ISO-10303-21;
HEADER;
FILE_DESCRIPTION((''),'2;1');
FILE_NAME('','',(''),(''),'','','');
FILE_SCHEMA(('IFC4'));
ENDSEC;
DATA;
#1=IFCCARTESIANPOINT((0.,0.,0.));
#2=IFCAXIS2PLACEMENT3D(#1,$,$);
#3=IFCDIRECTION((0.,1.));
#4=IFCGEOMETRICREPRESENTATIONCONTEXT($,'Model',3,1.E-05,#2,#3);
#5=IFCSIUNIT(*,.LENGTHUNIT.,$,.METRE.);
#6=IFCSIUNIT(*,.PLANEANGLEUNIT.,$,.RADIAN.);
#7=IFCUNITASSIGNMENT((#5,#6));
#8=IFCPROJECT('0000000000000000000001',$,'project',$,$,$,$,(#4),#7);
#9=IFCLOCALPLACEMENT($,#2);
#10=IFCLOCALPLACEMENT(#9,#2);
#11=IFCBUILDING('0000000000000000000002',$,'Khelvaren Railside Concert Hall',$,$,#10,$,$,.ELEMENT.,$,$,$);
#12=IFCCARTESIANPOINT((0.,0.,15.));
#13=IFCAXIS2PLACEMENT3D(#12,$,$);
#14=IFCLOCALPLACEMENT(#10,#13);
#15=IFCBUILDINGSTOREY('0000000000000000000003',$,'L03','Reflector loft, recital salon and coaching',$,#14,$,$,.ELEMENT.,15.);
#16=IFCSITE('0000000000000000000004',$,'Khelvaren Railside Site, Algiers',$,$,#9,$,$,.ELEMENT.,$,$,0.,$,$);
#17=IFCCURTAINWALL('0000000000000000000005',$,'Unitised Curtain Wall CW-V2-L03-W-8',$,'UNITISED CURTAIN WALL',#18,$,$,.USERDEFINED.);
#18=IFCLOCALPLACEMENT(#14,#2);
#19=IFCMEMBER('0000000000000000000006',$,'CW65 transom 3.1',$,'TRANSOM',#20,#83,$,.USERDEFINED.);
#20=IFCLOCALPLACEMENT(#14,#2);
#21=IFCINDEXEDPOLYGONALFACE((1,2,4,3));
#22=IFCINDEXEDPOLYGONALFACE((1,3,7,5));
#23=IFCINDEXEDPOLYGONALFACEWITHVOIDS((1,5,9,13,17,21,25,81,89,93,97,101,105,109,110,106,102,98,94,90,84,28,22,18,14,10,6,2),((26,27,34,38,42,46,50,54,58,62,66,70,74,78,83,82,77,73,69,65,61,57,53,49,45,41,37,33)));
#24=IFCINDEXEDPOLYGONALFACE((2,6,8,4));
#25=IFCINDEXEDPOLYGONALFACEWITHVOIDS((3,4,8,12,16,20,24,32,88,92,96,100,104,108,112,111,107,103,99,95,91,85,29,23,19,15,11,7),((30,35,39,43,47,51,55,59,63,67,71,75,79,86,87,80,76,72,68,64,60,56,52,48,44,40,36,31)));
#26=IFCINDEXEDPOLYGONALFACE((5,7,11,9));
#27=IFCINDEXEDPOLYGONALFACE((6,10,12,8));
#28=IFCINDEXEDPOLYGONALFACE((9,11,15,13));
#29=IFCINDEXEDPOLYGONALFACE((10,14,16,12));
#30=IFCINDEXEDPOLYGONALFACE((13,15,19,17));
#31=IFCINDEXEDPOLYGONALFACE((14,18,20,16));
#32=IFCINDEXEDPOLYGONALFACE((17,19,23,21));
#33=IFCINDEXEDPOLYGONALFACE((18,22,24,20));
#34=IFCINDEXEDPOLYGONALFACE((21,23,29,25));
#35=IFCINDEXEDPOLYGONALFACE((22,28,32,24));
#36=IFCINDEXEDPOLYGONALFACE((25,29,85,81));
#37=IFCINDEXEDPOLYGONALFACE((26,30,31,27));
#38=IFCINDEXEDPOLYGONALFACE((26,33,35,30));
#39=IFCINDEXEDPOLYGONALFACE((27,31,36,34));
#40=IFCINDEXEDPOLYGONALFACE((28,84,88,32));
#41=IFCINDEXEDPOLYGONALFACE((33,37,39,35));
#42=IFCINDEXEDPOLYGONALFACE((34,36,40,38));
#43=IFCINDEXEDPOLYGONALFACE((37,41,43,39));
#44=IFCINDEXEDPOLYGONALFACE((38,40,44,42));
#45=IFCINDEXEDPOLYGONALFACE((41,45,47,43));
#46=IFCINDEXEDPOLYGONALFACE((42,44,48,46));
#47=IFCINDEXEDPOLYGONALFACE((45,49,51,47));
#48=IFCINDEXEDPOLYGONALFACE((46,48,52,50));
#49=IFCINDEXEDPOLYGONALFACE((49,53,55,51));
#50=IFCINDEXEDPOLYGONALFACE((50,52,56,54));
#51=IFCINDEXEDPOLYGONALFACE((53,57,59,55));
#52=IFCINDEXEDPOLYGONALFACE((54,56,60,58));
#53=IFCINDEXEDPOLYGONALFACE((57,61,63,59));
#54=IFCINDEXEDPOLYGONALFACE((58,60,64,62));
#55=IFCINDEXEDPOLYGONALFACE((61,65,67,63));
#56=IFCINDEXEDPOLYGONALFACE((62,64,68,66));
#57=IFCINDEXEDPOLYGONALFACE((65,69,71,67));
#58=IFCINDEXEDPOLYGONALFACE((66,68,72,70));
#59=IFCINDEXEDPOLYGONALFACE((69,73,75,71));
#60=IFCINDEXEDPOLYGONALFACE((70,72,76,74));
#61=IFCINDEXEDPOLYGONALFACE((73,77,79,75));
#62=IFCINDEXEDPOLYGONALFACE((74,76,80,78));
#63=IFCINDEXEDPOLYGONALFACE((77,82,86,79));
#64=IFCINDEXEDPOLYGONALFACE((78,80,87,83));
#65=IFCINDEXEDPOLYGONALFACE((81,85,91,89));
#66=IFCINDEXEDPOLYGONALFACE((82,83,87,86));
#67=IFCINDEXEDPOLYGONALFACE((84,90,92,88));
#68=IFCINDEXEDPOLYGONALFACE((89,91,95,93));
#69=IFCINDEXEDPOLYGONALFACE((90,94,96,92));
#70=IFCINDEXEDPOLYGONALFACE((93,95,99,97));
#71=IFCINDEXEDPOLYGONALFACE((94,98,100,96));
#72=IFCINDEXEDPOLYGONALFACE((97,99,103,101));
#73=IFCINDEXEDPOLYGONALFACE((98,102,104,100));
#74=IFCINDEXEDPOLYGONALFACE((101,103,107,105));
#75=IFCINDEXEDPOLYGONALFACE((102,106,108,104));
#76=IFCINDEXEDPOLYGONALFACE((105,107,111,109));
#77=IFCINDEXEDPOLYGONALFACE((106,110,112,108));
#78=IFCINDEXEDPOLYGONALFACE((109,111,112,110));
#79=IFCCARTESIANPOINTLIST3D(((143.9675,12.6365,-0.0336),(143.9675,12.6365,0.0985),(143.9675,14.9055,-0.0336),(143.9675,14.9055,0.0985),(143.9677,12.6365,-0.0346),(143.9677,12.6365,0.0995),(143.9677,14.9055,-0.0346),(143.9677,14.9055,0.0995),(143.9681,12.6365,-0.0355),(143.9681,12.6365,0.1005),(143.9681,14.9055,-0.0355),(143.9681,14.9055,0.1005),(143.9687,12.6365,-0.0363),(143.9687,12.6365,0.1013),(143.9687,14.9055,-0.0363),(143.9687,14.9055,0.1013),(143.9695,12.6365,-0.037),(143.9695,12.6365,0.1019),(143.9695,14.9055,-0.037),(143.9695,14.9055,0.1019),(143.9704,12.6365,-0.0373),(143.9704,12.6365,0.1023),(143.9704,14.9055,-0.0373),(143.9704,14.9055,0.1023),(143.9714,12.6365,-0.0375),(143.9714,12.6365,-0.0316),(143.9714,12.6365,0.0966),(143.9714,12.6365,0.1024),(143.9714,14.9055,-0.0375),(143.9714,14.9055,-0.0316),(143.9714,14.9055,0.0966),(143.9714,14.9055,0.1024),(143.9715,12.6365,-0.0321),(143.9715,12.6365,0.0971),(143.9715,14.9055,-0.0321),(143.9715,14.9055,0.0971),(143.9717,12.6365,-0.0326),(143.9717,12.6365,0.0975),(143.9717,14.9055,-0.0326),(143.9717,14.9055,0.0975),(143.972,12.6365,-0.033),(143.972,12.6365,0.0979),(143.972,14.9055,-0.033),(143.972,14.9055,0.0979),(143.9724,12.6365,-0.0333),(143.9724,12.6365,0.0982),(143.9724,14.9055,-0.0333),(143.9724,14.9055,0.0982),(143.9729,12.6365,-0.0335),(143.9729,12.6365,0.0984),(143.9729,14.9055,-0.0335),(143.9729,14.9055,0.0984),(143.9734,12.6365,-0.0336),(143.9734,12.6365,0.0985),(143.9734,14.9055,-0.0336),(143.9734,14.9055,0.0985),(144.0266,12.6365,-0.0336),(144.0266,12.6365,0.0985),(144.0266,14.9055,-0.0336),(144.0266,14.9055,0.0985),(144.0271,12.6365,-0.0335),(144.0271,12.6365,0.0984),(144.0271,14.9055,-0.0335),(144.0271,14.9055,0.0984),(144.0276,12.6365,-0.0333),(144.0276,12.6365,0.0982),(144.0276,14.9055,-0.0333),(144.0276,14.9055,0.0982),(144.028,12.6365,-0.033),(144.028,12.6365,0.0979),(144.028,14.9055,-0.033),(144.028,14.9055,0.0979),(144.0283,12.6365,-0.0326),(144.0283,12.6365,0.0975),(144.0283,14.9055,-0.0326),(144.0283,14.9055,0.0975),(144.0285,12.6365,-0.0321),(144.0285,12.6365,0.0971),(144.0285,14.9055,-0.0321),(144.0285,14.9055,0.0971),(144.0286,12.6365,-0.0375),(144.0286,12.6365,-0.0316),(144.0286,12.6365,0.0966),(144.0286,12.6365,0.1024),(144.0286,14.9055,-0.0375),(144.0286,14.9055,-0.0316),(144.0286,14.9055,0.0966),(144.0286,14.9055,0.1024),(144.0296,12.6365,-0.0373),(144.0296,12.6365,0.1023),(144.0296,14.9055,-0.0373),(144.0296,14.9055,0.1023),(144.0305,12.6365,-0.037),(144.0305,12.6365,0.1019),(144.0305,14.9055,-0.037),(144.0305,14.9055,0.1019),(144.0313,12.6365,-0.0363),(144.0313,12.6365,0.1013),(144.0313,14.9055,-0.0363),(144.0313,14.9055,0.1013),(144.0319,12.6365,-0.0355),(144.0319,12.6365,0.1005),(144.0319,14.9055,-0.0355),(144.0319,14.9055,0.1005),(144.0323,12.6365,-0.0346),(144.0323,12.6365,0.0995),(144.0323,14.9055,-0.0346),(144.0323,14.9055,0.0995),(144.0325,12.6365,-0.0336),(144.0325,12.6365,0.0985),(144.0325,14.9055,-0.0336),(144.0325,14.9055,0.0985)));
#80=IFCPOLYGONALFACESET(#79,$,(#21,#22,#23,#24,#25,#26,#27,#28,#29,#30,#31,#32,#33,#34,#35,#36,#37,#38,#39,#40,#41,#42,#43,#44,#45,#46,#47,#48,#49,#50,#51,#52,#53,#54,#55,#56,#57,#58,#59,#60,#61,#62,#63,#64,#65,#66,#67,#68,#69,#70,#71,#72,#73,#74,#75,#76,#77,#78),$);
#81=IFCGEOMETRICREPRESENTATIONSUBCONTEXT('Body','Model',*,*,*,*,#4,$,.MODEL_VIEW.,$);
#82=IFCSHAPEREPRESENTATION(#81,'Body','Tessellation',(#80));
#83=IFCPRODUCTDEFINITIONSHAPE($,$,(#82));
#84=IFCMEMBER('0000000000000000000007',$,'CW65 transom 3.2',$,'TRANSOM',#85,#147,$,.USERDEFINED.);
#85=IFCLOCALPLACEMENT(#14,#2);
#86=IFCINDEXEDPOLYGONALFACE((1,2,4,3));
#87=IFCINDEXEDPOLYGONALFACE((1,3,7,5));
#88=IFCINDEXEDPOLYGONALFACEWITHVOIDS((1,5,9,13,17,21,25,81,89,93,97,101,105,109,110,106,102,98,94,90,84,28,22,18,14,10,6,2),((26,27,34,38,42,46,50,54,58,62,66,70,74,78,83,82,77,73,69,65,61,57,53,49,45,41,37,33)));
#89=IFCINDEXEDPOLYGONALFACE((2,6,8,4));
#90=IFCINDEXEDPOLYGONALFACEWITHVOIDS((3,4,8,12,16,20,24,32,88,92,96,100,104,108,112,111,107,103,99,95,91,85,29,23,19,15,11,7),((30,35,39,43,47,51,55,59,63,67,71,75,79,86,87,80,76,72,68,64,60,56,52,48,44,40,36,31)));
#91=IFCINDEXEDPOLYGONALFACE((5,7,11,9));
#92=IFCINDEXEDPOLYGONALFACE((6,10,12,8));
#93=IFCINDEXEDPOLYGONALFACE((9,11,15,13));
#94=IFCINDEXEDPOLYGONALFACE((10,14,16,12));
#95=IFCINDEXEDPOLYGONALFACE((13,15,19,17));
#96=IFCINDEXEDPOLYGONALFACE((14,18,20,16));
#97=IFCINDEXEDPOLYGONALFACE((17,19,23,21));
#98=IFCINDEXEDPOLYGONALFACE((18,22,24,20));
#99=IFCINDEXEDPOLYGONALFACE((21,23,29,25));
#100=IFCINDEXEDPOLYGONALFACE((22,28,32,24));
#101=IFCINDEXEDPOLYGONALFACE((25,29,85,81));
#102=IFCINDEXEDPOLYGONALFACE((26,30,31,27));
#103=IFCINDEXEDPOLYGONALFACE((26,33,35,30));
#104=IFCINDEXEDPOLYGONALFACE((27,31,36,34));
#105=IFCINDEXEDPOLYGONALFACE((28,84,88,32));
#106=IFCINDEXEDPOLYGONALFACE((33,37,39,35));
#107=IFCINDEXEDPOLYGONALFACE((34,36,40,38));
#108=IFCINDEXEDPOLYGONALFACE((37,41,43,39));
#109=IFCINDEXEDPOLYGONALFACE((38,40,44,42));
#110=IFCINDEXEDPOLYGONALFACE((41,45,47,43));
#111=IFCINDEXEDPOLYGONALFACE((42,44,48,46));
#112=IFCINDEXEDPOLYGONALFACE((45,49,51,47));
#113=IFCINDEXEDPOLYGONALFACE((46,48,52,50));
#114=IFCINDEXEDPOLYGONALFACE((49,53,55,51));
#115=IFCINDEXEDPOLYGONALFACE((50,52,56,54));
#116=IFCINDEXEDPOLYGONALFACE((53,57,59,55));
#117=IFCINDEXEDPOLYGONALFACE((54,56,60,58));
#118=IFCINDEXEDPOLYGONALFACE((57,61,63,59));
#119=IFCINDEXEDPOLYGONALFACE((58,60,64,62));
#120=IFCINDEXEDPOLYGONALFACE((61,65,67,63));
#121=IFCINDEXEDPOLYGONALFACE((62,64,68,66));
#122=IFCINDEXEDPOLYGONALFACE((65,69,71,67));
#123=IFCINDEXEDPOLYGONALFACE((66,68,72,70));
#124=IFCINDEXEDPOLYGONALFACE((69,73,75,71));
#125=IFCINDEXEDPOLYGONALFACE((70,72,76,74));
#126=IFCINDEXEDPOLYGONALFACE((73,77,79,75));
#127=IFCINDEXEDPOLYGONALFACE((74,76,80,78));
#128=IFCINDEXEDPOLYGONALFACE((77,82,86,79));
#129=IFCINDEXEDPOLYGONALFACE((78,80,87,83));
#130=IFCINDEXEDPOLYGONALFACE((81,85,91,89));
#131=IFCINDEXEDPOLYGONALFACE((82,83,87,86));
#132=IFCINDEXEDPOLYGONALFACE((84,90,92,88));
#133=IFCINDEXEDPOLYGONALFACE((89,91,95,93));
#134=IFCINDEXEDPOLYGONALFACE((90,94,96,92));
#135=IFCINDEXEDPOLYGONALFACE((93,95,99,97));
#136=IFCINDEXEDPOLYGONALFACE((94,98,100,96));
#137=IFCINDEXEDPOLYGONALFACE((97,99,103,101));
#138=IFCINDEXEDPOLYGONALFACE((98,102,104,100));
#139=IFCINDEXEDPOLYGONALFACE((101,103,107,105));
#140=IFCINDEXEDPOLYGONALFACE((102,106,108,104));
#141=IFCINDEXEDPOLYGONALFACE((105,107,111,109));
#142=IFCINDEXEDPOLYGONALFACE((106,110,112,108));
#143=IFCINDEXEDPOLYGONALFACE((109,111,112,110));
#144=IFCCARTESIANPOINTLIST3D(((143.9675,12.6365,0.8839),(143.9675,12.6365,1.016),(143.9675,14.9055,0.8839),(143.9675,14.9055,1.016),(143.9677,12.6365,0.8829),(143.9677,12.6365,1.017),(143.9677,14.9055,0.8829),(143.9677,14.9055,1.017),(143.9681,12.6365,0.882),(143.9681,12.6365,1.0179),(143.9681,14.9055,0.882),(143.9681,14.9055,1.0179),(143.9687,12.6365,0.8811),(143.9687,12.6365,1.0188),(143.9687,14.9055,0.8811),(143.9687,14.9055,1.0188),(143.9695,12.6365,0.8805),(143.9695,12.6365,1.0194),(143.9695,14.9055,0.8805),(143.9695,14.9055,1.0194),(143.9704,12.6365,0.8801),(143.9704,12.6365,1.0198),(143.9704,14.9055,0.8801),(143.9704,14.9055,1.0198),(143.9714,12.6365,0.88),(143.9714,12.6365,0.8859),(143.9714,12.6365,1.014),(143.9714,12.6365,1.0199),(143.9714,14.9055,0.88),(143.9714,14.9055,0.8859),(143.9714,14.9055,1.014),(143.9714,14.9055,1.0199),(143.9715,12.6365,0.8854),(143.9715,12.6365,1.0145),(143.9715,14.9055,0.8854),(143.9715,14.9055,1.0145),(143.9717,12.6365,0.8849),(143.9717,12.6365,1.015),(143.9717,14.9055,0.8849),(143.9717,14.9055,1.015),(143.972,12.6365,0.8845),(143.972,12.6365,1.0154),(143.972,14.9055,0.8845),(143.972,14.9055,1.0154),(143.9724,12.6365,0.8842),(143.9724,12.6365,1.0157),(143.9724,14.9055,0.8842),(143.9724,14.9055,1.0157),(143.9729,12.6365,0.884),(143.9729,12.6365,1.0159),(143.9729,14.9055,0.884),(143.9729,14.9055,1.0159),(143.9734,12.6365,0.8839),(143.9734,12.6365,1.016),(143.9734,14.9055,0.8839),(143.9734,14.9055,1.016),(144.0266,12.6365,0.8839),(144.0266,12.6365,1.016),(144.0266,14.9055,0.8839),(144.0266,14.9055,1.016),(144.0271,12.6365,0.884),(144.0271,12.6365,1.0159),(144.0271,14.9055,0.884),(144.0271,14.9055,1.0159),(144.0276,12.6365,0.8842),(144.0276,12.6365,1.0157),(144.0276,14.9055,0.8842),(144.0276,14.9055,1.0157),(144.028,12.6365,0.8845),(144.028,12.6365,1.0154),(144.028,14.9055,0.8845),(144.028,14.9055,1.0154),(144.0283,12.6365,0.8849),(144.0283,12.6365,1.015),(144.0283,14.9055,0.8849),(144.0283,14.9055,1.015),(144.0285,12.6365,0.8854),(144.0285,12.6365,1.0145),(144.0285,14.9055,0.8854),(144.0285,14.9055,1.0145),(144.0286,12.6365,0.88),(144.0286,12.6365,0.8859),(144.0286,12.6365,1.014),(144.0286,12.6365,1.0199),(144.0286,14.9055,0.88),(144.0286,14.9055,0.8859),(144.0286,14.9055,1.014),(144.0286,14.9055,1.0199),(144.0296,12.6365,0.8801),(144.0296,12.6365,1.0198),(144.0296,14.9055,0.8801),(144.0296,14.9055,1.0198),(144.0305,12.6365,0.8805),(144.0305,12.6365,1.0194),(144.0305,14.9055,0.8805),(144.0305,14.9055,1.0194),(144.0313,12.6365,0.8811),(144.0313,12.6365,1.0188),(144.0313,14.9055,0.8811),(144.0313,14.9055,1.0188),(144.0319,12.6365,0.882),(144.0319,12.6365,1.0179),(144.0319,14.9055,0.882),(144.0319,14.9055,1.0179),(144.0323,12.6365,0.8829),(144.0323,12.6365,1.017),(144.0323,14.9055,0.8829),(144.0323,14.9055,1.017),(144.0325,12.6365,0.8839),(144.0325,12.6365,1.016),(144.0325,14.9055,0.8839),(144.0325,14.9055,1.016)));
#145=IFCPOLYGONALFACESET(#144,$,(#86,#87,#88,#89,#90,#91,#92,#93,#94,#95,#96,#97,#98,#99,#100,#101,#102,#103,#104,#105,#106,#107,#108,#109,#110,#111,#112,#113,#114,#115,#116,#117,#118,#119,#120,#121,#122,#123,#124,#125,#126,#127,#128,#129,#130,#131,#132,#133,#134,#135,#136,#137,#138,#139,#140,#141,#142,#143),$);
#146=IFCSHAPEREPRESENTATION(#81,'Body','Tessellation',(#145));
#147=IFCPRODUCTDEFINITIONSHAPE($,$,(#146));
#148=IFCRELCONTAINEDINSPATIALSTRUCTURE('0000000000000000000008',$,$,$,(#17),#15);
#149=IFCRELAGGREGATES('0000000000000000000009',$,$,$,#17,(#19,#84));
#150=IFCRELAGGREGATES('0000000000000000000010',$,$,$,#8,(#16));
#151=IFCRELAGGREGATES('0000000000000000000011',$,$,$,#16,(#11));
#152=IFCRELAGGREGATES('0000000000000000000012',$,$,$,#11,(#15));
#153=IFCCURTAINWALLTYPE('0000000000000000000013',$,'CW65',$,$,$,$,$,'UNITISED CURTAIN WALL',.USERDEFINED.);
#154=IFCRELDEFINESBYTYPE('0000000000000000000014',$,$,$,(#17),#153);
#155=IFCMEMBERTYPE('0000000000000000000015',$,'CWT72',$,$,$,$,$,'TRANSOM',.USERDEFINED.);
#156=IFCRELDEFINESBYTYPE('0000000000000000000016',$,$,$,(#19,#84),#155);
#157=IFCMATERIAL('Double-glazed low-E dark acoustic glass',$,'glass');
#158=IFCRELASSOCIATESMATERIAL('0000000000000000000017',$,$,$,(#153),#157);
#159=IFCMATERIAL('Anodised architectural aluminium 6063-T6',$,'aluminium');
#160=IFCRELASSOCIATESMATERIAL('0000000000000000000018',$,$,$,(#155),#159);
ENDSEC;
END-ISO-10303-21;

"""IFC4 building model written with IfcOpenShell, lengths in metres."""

from ifc_helpers import new_model, si_unit, direction, frame, origin, origin_2d, place, context, subcontext, project, spatial, hollow_rectangle, extrude, material, material_profile, profile_set, type_object, element, aggregate, save


model = new_model("IFC4")

# Units and contexts
model_context = context("Model", 3, precision=1e-05, world=origin(), true_north=direction((0.0, 1.0)))
body_context = subcontext(model_context, "Body", "Model", "MODEL_VIEW")
ifc_project = project(units=[si_unit("LENGTHUNIT", "METRE"), si_unit("PLANEANGLEUNIT", "RADIAN")], contexts=[model_context])

# Site, building, storey
site_placement = place(None, origin())
site = spatial("IfcSite", under=ifc_project, at=site_placement, Name="Khelvaren Railside Site, Algiers", CompositionType="ELEMENT", RefElevation=0.0)
building_placement = place(site_placement, origin())
building = spatial("IfcBuilding", under=site, at=building_placement, Name="Khelvaren Railside Concert Hall", CompositionType="ELEMENT")
storey_placement = place(building_placement, frame((0.0, 0.0, 15.0)))
storey = spatial("IfcBuildingStorey", under=building, at=storey_placement, Name="L03", Description="Reflector loft, recital salon and coaching", CompositionType="ELEMENT", Elevation=15.0)

# Shared definitions
ifc_material_1 = material(Name="Anodised architectural aluminium 6063-T6", Category="aluminium")

# Curtain wall, members
ifc_material_2 = material(Name="Double-glazed low-E dark acoustic glass", Category="glass")
curtain_wall_type_1 = type_object("IfcCurtainWallType", Name="CW65", ElementType="UNITISED CURTAIN WALL", PredefinedType="USERDEFINED", material=ifc_material_2)
curtain_wall_1_placement = place(storey_placement, origin())
curtain_wall_1 = element("IfcCurtainWall", 1, at=curtain_wall_1_placement, inside=storey, type_object=curtain_wall_type_1, Name="Unitised Curtain Wall CW-V2-L03-W-8", ObjectType="UNITISED CURTAIN WALL", PredefinedType="USERDEFINED")
ifc_material_profile_1 = material_profile(ifc_material_1, hollow_rectangle(XDim=0.0649, YDim=0.1399, WallThickness=0.0039, InnerFilletRadius=0.002, OuterFilletRadius=0.0039, at=origin_2d()), Name="CWT 65x140x4")
ifc_profile_set_1 = profile_set([ifc_material_profile_1], Name="Anodised architectural aluminium 6063-T6")
member_type_1 = type_object("IfcMemberType", Name="CWT72", ElementType="TRANSOM", PredefinedType="USERDEFINED", material=ifc_profile_set_1)
member_1_placement = place(storey_placement, frame((144.0, 12.6365, 0.0325), z_axis=(0.0, 1.0, 0.0), x_axis=(-1.0, 0.0, 0.0)))
member_1 = element("IfcMember", 2, at=member_1_placement, type_object=member_type_1, Name="CW65 transom 3.1", ObjectType="TRANSOM", PredefinedType="USERDEFINED", context=body_context, shape_type="SweptSolid", body=[
    extrude(hollow_rectangle(XDim=0.0649, YDim=0.1399, WallThickness=0.0039, InnerFilletRadius=0.002, OuterFilletRadius=0.0039, at=origin_2d()), origin(), (0.0, 0.0, 1.0), 2.269),
])
member_2_placement = place(storey_placement, frame((144.0, 12.6365, 0.95), z_axis=(0.0, 1.0, 0.0), x_axis=(-1.0, 0.0, 0.0)))
member_2 = element("IfcMember", 3, at=member_2_placement, type_object=member_type_1, Name="CW65 transom 3.2", ObjectType="TRANSOM", PredefinedType="USERDEFINED", context=body_context, shape_type="SweptSolid", body=[
    extrude(hollow_rectangle(XDim=0.0649, YDim=0.1399, WallThickness=0.0039, InnerFilletRadius=0.002, OuterFilletRadius=0.0039, at=origin_2d()), origin(), (0.0, 0.0, 1.0), 2.269),
])

aggregate(curtain_wall_1, [member_1, member_2])

save(model, "model.ifc")
